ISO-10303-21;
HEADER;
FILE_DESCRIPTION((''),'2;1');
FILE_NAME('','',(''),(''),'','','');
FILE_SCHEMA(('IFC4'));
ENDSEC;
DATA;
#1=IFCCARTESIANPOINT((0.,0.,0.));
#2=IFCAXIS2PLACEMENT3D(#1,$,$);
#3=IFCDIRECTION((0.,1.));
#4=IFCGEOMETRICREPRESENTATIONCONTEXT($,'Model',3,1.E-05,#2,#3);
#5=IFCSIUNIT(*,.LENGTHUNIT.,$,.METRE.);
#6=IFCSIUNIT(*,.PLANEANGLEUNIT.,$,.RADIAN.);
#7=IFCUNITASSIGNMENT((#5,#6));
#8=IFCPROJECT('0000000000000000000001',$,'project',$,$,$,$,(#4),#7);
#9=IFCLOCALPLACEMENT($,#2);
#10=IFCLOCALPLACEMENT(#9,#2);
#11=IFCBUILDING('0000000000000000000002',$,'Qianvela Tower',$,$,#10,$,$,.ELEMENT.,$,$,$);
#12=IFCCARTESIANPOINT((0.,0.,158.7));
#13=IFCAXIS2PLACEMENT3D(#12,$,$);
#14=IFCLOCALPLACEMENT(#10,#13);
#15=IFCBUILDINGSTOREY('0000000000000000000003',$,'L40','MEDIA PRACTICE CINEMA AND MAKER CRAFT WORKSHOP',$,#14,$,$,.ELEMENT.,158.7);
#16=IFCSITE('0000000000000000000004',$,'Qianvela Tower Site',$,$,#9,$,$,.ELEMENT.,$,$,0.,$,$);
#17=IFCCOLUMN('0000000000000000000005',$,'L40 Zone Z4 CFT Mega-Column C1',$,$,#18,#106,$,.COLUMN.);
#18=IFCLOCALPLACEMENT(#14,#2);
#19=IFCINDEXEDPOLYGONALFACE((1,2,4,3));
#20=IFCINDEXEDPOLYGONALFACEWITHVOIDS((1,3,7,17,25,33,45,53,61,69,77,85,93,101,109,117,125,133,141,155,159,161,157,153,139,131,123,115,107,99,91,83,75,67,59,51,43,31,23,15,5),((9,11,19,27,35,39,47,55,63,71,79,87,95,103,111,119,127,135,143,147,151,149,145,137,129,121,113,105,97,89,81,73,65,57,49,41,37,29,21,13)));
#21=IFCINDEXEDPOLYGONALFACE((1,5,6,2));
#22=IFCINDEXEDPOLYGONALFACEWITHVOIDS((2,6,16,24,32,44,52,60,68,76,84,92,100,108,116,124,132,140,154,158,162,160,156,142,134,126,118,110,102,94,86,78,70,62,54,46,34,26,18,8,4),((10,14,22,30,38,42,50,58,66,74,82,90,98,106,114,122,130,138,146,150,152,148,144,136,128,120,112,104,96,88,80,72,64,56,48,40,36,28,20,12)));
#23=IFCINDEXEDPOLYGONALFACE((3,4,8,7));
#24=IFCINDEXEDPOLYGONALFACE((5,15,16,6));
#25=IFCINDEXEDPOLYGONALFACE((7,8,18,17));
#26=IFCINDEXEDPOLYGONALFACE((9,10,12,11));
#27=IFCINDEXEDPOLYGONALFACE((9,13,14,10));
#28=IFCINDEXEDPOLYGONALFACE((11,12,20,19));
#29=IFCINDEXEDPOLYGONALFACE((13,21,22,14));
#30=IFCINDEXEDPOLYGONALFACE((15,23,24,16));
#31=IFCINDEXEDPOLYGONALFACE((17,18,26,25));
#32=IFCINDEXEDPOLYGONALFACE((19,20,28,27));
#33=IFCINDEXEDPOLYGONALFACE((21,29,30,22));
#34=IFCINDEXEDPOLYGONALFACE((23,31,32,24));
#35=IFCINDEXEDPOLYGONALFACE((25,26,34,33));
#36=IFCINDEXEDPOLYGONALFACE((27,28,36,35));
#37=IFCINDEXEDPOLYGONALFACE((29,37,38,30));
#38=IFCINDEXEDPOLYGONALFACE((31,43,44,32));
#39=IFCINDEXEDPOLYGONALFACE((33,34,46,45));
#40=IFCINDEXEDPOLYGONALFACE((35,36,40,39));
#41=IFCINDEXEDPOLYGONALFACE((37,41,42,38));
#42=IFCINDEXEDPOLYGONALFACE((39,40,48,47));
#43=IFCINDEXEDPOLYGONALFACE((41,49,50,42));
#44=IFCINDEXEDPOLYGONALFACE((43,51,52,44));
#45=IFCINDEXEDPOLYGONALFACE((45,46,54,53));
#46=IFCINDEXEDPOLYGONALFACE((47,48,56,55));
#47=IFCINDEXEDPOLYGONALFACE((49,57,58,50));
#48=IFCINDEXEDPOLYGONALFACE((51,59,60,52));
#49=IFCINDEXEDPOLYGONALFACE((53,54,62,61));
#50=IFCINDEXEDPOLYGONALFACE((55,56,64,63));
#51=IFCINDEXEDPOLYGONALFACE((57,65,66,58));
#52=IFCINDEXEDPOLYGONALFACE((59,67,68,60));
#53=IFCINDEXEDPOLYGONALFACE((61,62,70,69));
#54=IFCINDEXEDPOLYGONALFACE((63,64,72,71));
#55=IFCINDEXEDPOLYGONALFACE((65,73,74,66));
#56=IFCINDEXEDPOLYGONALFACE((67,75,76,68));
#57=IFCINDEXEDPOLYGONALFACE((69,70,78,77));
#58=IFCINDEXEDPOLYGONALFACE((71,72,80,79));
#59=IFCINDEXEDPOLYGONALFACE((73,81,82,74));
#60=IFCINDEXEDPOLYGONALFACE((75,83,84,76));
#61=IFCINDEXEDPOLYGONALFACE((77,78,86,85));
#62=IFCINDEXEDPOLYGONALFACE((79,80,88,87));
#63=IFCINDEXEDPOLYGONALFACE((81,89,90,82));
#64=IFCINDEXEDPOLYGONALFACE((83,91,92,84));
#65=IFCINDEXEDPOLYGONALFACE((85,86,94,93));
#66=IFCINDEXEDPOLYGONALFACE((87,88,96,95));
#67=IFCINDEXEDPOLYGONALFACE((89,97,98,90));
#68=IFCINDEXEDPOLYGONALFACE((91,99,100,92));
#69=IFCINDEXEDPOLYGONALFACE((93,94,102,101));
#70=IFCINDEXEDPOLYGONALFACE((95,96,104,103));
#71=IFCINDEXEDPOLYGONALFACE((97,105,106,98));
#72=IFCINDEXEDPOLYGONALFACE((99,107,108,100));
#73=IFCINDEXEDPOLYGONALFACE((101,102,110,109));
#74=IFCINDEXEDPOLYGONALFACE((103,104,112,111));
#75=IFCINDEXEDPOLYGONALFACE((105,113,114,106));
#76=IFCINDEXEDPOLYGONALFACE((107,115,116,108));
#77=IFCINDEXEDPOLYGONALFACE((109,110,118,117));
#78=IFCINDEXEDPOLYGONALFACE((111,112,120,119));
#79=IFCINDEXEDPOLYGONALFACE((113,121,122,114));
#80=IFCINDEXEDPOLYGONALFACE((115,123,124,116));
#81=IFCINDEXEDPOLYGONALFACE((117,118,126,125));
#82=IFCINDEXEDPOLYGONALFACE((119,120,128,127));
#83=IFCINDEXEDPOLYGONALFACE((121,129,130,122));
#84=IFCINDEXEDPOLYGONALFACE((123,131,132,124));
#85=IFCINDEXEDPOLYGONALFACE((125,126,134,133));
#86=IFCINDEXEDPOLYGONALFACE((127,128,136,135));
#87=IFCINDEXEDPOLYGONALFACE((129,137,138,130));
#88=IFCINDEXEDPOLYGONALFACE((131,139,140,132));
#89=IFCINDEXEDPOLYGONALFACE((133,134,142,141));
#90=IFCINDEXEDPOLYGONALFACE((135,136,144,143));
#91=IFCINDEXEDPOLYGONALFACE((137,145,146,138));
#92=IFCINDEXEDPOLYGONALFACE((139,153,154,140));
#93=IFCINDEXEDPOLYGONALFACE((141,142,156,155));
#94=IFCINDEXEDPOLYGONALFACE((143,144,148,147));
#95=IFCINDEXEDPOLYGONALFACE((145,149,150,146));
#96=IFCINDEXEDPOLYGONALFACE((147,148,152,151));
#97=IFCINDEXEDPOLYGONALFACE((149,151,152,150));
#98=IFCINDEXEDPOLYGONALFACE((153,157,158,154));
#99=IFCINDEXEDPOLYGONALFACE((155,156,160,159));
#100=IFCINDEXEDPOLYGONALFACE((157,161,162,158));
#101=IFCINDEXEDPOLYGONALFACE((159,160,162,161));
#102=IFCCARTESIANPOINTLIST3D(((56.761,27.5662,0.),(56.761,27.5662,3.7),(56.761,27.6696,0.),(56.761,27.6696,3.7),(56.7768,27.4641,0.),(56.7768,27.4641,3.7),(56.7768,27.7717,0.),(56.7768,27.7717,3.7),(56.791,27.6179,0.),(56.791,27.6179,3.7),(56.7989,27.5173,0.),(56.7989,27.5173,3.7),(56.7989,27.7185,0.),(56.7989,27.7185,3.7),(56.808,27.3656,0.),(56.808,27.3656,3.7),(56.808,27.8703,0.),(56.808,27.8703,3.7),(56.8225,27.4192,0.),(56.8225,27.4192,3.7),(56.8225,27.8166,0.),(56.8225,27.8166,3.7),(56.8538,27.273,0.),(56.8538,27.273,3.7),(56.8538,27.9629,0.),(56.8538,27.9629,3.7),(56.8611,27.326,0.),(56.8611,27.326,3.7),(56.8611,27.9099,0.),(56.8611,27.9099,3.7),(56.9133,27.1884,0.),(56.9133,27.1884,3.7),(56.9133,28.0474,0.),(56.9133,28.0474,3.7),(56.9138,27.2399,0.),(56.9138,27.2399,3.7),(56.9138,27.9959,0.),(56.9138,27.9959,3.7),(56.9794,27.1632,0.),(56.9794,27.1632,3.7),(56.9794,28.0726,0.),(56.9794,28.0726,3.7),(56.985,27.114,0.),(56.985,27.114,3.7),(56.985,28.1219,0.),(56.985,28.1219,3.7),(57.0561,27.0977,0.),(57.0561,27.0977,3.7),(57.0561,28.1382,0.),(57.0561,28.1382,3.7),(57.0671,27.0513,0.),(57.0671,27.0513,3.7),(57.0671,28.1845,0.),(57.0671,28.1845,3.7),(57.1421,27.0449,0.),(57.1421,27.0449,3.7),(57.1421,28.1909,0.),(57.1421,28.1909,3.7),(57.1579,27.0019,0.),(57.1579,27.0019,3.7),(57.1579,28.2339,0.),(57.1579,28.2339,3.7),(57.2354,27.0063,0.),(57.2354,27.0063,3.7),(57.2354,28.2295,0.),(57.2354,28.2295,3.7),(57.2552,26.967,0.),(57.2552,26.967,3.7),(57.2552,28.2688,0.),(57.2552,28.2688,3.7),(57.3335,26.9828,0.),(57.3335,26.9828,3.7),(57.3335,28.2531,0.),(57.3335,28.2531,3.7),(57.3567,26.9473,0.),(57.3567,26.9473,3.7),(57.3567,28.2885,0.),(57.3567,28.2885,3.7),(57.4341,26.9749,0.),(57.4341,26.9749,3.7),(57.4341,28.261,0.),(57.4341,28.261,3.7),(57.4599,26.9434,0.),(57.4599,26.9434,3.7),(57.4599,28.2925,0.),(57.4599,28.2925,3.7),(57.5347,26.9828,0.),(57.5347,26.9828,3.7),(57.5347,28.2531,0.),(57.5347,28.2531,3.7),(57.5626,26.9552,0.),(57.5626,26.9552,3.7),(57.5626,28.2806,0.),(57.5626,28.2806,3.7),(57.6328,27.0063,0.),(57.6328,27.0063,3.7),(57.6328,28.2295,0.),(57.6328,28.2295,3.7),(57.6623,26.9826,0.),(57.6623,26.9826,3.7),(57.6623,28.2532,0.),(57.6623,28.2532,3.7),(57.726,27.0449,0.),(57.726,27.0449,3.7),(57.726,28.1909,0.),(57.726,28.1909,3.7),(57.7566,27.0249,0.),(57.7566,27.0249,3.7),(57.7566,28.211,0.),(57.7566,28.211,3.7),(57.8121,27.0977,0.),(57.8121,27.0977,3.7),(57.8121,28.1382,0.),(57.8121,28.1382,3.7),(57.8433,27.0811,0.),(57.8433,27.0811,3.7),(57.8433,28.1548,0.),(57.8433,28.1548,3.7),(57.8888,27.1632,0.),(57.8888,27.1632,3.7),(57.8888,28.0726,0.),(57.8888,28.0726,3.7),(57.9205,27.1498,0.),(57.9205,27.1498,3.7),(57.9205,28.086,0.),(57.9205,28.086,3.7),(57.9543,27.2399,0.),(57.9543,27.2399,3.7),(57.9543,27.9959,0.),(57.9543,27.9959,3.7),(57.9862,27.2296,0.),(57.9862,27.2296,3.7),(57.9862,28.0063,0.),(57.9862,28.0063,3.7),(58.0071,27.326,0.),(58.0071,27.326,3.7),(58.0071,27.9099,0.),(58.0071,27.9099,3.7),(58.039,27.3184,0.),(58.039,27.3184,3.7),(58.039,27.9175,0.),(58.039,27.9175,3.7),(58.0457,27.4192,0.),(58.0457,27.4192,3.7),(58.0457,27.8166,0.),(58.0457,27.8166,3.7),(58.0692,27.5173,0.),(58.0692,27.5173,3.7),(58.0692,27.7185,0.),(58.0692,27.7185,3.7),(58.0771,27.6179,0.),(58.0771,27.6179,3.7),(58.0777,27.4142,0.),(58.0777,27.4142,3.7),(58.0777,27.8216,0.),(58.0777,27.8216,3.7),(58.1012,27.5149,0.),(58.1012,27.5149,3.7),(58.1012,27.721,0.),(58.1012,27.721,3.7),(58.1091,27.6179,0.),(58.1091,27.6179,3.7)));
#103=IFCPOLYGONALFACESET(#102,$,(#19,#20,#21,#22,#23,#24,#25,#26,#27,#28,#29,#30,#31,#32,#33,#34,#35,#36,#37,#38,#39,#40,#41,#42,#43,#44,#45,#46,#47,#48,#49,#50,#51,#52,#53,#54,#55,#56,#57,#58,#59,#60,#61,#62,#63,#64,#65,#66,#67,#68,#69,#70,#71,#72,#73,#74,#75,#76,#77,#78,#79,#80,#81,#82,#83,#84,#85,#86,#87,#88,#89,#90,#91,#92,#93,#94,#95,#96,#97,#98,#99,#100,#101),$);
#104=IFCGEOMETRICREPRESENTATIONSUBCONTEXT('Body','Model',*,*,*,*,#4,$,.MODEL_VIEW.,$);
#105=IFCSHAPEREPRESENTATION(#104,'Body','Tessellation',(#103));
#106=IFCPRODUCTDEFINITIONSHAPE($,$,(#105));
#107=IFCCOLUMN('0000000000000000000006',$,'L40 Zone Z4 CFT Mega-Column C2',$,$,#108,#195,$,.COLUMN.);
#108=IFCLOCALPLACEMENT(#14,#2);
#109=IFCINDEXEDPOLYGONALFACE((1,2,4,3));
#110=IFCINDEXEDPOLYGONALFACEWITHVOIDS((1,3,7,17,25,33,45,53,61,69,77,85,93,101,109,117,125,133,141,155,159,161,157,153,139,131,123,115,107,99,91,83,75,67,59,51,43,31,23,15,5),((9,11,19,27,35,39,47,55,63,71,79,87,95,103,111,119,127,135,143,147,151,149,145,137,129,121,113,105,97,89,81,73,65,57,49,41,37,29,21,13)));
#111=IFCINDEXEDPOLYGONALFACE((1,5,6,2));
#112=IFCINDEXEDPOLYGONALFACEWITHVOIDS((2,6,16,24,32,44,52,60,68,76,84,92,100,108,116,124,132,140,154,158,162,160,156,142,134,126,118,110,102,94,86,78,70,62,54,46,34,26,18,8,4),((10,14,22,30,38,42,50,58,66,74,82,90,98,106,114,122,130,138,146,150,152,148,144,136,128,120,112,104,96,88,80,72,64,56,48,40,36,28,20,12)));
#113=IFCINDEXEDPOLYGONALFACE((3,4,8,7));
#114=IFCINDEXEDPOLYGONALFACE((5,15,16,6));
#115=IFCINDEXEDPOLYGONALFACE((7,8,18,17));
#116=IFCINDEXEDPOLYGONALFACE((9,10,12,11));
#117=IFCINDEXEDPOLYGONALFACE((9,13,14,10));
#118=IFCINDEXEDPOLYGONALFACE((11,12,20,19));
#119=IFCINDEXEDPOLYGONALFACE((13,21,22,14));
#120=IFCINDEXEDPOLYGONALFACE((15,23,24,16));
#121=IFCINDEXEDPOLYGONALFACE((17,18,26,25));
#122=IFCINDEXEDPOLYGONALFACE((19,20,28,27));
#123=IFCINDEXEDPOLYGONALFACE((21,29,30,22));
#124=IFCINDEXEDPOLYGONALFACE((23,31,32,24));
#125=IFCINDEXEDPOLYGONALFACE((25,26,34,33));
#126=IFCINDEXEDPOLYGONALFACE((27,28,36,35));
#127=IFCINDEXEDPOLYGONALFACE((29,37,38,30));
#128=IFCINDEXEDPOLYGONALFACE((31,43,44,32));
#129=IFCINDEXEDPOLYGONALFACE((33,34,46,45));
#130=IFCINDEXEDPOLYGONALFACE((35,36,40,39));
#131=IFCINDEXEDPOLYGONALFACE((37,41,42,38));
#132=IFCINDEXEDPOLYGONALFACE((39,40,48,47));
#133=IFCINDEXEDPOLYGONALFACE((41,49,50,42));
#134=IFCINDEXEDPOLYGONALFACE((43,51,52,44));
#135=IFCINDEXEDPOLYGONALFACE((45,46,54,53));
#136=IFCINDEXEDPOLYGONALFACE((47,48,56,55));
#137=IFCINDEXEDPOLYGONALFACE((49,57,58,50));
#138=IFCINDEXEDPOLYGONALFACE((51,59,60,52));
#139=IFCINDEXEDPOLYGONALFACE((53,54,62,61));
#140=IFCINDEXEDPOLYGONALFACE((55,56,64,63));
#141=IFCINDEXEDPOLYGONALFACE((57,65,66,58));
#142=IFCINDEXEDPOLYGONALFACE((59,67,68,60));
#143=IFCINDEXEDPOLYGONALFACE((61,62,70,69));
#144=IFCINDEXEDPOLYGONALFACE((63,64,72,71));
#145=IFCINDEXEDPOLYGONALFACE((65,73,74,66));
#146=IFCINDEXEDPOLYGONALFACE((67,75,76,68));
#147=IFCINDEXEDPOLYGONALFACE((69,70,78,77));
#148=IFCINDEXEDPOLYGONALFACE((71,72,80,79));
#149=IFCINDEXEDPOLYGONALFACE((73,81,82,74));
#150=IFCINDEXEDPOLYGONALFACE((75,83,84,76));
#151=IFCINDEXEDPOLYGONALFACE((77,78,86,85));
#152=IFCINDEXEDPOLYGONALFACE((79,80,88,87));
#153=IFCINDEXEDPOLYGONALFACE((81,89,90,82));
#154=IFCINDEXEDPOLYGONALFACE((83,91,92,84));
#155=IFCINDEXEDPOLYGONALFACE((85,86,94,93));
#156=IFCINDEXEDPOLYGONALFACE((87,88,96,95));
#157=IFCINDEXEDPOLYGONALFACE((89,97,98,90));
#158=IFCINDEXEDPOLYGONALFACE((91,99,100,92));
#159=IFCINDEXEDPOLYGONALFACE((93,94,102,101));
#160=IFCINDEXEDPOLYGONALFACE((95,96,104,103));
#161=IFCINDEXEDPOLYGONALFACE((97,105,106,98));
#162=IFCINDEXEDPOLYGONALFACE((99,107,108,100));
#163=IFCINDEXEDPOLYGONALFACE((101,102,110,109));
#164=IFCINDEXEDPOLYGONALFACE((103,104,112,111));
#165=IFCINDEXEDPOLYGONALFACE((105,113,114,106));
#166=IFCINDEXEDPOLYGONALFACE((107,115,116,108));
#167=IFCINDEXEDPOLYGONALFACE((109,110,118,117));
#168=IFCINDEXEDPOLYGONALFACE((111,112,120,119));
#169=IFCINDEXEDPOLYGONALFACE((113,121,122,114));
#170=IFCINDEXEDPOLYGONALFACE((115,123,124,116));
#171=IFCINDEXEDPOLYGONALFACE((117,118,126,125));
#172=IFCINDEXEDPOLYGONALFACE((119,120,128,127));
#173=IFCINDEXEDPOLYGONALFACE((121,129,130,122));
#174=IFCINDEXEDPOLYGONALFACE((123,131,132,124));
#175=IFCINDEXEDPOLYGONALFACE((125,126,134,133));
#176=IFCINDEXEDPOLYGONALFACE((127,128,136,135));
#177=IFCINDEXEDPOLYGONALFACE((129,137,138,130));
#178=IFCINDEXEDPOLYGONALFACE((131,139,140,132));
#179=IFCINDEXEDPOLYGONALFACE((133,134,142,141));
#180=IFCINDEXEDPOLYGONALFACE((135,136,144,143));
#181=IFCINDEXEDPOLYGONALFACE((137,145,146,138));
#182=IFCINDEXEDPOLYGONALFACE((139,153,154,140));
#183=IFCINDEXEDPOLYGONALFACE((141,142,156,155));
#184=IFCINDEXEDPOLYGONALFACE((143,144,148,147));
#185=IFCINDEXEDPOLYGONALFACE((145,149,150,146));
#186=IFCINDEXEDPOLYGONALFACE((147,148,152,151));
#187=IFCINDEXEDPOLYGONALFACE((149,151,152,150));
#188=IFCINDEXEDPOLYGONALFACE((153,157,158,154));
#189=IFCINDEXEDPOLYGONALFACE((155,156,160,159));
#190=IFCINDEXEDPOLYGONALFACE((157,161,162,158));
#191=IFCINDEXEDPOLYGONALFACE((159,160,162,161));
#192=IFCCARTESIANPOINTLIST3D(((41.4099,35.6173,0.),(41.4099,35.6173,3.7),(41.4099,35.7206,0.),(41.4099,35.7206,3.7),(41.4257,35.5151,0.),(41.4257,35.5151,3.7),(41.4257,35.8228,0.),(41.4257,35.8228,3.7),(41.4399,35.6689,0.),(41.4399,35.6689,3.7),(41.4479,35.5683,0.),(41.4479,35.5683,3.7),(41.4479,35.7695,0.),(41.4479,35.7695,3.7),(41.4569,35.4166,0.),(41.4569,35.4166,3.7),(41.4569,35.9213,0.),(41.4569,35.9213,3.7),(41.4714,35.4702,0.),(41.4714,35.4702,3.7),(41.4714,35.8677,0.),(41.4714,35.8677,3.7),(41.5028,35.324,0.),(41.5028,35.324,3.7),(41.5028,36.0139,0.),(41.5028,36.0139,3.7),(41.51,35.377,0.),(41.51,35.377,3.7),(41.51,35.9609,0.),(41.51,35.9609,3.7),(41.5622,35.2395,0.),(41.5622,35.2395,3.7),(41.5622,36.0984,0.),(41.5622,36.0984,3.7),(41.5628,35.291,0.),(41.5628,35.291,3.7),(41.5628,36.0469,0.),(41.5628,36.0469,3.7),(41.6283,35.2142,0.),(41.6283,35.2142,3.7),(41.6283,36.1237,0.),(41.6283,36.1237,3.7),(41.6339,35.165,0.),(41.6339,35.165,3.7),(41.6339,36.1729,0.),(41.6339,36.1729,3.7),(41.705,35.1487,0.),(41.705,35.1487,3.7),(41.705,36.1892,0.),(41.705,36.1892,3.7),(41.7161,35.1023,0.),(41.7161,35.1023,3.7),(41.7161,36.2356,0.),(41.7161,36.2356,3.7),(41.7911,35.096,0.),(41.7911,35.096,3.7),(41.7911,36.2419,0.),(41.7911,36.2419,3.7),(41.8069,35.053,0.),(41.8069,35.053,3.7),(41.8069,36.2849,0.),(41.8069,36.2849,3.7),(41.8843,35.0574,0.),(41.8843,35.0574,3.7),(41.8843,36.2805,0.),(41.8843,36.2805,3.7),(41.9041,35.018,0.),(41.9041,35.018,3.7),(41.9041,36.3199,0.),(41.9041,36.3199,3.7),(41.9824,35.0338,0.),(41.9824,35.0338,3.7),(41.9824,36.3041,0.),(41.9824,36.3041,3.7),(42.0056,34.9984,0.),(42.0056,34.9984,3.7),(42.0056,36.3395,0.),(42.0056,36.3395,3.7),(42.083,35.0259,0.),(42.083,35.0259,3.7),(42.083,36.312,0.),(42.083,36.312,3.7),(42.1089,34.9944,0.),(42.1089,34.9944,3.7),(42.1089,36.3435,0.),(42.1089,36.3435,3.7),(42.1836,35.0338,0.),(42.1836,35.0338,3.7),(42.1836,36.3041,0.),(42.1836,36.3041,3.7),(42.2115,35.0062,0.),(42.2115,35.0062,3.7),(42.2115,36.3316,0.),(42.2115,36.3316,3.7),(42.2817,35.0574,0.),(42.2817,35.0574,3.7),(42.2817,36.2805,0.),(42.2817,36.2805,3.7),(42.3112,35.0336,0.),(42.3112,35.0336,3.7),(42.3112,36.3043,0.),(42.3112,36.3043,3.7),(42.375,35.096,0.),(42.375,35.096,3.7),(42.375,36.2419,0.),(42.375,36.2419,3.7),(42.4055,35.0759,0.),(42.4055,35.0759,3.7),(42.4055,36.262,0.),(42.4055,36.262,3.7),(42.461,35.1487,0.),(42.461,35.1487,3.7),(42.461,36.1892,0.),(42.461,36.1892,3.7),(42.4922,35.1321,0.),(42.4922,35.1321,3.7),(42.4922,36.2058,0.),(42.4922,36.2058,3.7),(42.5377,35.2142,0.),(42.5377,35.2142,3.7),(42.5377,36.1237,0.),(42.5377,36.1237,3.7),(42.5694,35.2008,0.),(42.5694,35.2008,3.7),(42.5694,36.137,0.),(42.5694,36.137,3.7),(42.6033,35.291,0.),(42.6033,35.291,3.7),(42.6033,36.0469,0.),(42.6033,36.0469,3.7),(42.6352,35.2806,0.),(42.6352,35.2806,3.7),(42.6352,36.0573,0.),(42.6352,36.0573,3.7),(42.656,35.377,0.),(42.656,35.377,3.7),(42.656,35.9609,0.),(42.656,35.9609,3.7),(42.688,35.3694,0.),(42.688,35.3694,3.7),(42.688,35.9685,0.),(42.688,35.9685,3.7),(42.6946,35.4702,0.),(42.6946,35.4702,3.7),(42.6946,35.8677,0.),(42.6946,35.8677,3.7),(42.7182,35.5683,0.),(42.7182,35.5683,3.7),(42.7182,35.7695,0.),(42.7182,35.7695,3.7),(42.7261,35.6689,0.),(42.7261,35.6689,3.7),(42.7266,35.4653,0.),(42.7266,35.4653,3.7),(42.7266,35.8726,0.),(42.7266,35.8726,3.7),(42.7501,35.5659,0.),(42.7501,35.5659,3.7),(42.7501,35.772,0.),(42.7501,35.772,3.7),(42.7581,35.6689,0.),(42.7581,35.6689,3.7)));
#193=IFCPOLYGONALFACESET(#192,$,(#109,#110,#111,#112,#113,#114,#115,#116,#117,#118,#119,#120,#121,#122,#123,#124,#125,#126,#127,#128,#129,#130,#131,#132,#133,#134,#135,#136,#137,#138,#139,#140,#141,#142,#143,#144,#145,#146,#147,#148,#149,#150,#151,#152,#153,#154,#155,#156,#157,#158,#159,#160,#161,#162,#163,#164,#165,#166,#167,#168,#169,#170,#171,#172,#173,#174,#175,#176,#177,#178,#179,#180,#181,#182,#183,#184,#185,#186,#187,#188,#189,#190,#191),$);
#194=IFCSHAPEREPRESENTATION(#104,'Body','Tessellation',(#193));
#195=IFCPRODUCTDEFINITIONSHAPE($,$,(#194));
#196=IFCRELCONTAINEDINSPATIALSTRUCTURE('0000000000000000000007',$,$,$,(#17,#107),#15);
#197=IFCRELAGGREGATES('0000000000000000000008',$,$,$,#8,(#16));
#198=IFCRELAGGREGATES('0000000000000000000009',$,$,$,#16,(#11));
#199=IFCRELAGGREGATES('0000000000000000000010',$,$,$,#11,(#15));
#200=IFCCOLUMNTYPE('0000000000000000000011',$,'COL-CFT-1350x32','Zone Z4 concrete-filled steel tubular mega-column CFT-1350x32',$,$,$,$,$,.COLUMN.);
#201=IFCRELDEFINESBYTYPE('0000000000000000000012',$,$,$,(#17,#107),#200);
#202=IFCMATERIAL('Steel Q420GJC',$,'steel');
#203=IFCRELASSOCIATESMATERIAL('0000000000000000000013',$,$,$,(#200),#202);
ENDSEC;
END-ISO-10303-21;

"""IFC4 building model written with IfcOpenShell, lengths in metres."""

from ifc_helpers import new_model, si_unit, direction, frame, origin, origin_2d, place, context, subcontext, project, spatial, hollow_circle, extrude, material, material_profile, profile_set, type_object, element, save


model = new_model("IFC4")

# Units and contexts
model_context = context("Model", 3, precision=1e-05, world=origin(), true_north=direction((0.0, 1.0)))
body_context = subcontext(model_context, "Body", "Model", "MODEL_VIEW")
ifc_project = project(units=[si_unit("LENGTHUNIT", "METRE"), si_unit("PLANEANGLEUNIT", "RADIAN")], contexts=[model_context])

# Site, building, storey
site_placement = place(None, origin())
site = spatial("IfcSite", under=ifc_project, at=site_placement, Name="Qianvela Tower Site", CompositionType="ELEMENT", RefElevation=0.0)
building_placement = place(site_placement, origin())
building = spatial("IfcBuilding", under=site, at=building_placement, Name="Qianvela Tower", CompositionType="ELEMENT")
storey_placement = place(building_placement, frame((0.0, 0.0, 158.7)))
storey = spatial("IfcBuildingStorey", under=building, at=storey_placement, Name="L40", Description="MEDIA PRACTICE CINEMA AND MAKER CRAFT WORKSHOP", CompositionType="ELEMENT", Elevation=158.7)

# Columns
ifc_material_1 = material(Name="Steel Q420GJC", Category="steel")
ifc_material_profile_1 = material_profile(ifc_material_1, hollow_circle(Radius=0.675, WallThickness=0.032, at=origin_2d()), Name="CFT-1350x32")
ifc_profile_set_1 = profile_set([ifc_material_profile_1], Name="Steel Q420GJC")
column_type = type_object("IfcColumnType", Name="COL-CFT-1350x32", Description="Zone Z4 concrete-filled steel tubular mega-column CFT-1350x32", PredefinedType="COLUMN", material=ifc_profile_set_1)
for number, where, z_axis, x_axis, name in (
    (1, (57.4341, 27.6179, 0.0), (0.0, 0.0, 1.0), (1.0, 0.0, 0.0), "L40 Zone Z4 CFT Mega-Column C1"),
    (2, (42.083, 35.6689, 0.0), (0.0, 0.0, 1.0), (1.0, 0.0, 0.0), "L40 Zone Z4 CFT Mega-Column C2"),
):
    element("IfcColumn", number, at=place(storey_placement, frame(where, z_axis=z_axis, x_axis=x_axis)), inside=storey, type_object=column_type, Name=name, PredefinedType="COLUMN", context=body_context, shape_type="SweptSolid", body=[
        extrude(hollow_circle(Radius=0.675, WallThickness=0.032, at=origin_2d()), origin(), (0.0, 0.0, 1.0), 3.7),
    ])

save(model, "model.ifc")
